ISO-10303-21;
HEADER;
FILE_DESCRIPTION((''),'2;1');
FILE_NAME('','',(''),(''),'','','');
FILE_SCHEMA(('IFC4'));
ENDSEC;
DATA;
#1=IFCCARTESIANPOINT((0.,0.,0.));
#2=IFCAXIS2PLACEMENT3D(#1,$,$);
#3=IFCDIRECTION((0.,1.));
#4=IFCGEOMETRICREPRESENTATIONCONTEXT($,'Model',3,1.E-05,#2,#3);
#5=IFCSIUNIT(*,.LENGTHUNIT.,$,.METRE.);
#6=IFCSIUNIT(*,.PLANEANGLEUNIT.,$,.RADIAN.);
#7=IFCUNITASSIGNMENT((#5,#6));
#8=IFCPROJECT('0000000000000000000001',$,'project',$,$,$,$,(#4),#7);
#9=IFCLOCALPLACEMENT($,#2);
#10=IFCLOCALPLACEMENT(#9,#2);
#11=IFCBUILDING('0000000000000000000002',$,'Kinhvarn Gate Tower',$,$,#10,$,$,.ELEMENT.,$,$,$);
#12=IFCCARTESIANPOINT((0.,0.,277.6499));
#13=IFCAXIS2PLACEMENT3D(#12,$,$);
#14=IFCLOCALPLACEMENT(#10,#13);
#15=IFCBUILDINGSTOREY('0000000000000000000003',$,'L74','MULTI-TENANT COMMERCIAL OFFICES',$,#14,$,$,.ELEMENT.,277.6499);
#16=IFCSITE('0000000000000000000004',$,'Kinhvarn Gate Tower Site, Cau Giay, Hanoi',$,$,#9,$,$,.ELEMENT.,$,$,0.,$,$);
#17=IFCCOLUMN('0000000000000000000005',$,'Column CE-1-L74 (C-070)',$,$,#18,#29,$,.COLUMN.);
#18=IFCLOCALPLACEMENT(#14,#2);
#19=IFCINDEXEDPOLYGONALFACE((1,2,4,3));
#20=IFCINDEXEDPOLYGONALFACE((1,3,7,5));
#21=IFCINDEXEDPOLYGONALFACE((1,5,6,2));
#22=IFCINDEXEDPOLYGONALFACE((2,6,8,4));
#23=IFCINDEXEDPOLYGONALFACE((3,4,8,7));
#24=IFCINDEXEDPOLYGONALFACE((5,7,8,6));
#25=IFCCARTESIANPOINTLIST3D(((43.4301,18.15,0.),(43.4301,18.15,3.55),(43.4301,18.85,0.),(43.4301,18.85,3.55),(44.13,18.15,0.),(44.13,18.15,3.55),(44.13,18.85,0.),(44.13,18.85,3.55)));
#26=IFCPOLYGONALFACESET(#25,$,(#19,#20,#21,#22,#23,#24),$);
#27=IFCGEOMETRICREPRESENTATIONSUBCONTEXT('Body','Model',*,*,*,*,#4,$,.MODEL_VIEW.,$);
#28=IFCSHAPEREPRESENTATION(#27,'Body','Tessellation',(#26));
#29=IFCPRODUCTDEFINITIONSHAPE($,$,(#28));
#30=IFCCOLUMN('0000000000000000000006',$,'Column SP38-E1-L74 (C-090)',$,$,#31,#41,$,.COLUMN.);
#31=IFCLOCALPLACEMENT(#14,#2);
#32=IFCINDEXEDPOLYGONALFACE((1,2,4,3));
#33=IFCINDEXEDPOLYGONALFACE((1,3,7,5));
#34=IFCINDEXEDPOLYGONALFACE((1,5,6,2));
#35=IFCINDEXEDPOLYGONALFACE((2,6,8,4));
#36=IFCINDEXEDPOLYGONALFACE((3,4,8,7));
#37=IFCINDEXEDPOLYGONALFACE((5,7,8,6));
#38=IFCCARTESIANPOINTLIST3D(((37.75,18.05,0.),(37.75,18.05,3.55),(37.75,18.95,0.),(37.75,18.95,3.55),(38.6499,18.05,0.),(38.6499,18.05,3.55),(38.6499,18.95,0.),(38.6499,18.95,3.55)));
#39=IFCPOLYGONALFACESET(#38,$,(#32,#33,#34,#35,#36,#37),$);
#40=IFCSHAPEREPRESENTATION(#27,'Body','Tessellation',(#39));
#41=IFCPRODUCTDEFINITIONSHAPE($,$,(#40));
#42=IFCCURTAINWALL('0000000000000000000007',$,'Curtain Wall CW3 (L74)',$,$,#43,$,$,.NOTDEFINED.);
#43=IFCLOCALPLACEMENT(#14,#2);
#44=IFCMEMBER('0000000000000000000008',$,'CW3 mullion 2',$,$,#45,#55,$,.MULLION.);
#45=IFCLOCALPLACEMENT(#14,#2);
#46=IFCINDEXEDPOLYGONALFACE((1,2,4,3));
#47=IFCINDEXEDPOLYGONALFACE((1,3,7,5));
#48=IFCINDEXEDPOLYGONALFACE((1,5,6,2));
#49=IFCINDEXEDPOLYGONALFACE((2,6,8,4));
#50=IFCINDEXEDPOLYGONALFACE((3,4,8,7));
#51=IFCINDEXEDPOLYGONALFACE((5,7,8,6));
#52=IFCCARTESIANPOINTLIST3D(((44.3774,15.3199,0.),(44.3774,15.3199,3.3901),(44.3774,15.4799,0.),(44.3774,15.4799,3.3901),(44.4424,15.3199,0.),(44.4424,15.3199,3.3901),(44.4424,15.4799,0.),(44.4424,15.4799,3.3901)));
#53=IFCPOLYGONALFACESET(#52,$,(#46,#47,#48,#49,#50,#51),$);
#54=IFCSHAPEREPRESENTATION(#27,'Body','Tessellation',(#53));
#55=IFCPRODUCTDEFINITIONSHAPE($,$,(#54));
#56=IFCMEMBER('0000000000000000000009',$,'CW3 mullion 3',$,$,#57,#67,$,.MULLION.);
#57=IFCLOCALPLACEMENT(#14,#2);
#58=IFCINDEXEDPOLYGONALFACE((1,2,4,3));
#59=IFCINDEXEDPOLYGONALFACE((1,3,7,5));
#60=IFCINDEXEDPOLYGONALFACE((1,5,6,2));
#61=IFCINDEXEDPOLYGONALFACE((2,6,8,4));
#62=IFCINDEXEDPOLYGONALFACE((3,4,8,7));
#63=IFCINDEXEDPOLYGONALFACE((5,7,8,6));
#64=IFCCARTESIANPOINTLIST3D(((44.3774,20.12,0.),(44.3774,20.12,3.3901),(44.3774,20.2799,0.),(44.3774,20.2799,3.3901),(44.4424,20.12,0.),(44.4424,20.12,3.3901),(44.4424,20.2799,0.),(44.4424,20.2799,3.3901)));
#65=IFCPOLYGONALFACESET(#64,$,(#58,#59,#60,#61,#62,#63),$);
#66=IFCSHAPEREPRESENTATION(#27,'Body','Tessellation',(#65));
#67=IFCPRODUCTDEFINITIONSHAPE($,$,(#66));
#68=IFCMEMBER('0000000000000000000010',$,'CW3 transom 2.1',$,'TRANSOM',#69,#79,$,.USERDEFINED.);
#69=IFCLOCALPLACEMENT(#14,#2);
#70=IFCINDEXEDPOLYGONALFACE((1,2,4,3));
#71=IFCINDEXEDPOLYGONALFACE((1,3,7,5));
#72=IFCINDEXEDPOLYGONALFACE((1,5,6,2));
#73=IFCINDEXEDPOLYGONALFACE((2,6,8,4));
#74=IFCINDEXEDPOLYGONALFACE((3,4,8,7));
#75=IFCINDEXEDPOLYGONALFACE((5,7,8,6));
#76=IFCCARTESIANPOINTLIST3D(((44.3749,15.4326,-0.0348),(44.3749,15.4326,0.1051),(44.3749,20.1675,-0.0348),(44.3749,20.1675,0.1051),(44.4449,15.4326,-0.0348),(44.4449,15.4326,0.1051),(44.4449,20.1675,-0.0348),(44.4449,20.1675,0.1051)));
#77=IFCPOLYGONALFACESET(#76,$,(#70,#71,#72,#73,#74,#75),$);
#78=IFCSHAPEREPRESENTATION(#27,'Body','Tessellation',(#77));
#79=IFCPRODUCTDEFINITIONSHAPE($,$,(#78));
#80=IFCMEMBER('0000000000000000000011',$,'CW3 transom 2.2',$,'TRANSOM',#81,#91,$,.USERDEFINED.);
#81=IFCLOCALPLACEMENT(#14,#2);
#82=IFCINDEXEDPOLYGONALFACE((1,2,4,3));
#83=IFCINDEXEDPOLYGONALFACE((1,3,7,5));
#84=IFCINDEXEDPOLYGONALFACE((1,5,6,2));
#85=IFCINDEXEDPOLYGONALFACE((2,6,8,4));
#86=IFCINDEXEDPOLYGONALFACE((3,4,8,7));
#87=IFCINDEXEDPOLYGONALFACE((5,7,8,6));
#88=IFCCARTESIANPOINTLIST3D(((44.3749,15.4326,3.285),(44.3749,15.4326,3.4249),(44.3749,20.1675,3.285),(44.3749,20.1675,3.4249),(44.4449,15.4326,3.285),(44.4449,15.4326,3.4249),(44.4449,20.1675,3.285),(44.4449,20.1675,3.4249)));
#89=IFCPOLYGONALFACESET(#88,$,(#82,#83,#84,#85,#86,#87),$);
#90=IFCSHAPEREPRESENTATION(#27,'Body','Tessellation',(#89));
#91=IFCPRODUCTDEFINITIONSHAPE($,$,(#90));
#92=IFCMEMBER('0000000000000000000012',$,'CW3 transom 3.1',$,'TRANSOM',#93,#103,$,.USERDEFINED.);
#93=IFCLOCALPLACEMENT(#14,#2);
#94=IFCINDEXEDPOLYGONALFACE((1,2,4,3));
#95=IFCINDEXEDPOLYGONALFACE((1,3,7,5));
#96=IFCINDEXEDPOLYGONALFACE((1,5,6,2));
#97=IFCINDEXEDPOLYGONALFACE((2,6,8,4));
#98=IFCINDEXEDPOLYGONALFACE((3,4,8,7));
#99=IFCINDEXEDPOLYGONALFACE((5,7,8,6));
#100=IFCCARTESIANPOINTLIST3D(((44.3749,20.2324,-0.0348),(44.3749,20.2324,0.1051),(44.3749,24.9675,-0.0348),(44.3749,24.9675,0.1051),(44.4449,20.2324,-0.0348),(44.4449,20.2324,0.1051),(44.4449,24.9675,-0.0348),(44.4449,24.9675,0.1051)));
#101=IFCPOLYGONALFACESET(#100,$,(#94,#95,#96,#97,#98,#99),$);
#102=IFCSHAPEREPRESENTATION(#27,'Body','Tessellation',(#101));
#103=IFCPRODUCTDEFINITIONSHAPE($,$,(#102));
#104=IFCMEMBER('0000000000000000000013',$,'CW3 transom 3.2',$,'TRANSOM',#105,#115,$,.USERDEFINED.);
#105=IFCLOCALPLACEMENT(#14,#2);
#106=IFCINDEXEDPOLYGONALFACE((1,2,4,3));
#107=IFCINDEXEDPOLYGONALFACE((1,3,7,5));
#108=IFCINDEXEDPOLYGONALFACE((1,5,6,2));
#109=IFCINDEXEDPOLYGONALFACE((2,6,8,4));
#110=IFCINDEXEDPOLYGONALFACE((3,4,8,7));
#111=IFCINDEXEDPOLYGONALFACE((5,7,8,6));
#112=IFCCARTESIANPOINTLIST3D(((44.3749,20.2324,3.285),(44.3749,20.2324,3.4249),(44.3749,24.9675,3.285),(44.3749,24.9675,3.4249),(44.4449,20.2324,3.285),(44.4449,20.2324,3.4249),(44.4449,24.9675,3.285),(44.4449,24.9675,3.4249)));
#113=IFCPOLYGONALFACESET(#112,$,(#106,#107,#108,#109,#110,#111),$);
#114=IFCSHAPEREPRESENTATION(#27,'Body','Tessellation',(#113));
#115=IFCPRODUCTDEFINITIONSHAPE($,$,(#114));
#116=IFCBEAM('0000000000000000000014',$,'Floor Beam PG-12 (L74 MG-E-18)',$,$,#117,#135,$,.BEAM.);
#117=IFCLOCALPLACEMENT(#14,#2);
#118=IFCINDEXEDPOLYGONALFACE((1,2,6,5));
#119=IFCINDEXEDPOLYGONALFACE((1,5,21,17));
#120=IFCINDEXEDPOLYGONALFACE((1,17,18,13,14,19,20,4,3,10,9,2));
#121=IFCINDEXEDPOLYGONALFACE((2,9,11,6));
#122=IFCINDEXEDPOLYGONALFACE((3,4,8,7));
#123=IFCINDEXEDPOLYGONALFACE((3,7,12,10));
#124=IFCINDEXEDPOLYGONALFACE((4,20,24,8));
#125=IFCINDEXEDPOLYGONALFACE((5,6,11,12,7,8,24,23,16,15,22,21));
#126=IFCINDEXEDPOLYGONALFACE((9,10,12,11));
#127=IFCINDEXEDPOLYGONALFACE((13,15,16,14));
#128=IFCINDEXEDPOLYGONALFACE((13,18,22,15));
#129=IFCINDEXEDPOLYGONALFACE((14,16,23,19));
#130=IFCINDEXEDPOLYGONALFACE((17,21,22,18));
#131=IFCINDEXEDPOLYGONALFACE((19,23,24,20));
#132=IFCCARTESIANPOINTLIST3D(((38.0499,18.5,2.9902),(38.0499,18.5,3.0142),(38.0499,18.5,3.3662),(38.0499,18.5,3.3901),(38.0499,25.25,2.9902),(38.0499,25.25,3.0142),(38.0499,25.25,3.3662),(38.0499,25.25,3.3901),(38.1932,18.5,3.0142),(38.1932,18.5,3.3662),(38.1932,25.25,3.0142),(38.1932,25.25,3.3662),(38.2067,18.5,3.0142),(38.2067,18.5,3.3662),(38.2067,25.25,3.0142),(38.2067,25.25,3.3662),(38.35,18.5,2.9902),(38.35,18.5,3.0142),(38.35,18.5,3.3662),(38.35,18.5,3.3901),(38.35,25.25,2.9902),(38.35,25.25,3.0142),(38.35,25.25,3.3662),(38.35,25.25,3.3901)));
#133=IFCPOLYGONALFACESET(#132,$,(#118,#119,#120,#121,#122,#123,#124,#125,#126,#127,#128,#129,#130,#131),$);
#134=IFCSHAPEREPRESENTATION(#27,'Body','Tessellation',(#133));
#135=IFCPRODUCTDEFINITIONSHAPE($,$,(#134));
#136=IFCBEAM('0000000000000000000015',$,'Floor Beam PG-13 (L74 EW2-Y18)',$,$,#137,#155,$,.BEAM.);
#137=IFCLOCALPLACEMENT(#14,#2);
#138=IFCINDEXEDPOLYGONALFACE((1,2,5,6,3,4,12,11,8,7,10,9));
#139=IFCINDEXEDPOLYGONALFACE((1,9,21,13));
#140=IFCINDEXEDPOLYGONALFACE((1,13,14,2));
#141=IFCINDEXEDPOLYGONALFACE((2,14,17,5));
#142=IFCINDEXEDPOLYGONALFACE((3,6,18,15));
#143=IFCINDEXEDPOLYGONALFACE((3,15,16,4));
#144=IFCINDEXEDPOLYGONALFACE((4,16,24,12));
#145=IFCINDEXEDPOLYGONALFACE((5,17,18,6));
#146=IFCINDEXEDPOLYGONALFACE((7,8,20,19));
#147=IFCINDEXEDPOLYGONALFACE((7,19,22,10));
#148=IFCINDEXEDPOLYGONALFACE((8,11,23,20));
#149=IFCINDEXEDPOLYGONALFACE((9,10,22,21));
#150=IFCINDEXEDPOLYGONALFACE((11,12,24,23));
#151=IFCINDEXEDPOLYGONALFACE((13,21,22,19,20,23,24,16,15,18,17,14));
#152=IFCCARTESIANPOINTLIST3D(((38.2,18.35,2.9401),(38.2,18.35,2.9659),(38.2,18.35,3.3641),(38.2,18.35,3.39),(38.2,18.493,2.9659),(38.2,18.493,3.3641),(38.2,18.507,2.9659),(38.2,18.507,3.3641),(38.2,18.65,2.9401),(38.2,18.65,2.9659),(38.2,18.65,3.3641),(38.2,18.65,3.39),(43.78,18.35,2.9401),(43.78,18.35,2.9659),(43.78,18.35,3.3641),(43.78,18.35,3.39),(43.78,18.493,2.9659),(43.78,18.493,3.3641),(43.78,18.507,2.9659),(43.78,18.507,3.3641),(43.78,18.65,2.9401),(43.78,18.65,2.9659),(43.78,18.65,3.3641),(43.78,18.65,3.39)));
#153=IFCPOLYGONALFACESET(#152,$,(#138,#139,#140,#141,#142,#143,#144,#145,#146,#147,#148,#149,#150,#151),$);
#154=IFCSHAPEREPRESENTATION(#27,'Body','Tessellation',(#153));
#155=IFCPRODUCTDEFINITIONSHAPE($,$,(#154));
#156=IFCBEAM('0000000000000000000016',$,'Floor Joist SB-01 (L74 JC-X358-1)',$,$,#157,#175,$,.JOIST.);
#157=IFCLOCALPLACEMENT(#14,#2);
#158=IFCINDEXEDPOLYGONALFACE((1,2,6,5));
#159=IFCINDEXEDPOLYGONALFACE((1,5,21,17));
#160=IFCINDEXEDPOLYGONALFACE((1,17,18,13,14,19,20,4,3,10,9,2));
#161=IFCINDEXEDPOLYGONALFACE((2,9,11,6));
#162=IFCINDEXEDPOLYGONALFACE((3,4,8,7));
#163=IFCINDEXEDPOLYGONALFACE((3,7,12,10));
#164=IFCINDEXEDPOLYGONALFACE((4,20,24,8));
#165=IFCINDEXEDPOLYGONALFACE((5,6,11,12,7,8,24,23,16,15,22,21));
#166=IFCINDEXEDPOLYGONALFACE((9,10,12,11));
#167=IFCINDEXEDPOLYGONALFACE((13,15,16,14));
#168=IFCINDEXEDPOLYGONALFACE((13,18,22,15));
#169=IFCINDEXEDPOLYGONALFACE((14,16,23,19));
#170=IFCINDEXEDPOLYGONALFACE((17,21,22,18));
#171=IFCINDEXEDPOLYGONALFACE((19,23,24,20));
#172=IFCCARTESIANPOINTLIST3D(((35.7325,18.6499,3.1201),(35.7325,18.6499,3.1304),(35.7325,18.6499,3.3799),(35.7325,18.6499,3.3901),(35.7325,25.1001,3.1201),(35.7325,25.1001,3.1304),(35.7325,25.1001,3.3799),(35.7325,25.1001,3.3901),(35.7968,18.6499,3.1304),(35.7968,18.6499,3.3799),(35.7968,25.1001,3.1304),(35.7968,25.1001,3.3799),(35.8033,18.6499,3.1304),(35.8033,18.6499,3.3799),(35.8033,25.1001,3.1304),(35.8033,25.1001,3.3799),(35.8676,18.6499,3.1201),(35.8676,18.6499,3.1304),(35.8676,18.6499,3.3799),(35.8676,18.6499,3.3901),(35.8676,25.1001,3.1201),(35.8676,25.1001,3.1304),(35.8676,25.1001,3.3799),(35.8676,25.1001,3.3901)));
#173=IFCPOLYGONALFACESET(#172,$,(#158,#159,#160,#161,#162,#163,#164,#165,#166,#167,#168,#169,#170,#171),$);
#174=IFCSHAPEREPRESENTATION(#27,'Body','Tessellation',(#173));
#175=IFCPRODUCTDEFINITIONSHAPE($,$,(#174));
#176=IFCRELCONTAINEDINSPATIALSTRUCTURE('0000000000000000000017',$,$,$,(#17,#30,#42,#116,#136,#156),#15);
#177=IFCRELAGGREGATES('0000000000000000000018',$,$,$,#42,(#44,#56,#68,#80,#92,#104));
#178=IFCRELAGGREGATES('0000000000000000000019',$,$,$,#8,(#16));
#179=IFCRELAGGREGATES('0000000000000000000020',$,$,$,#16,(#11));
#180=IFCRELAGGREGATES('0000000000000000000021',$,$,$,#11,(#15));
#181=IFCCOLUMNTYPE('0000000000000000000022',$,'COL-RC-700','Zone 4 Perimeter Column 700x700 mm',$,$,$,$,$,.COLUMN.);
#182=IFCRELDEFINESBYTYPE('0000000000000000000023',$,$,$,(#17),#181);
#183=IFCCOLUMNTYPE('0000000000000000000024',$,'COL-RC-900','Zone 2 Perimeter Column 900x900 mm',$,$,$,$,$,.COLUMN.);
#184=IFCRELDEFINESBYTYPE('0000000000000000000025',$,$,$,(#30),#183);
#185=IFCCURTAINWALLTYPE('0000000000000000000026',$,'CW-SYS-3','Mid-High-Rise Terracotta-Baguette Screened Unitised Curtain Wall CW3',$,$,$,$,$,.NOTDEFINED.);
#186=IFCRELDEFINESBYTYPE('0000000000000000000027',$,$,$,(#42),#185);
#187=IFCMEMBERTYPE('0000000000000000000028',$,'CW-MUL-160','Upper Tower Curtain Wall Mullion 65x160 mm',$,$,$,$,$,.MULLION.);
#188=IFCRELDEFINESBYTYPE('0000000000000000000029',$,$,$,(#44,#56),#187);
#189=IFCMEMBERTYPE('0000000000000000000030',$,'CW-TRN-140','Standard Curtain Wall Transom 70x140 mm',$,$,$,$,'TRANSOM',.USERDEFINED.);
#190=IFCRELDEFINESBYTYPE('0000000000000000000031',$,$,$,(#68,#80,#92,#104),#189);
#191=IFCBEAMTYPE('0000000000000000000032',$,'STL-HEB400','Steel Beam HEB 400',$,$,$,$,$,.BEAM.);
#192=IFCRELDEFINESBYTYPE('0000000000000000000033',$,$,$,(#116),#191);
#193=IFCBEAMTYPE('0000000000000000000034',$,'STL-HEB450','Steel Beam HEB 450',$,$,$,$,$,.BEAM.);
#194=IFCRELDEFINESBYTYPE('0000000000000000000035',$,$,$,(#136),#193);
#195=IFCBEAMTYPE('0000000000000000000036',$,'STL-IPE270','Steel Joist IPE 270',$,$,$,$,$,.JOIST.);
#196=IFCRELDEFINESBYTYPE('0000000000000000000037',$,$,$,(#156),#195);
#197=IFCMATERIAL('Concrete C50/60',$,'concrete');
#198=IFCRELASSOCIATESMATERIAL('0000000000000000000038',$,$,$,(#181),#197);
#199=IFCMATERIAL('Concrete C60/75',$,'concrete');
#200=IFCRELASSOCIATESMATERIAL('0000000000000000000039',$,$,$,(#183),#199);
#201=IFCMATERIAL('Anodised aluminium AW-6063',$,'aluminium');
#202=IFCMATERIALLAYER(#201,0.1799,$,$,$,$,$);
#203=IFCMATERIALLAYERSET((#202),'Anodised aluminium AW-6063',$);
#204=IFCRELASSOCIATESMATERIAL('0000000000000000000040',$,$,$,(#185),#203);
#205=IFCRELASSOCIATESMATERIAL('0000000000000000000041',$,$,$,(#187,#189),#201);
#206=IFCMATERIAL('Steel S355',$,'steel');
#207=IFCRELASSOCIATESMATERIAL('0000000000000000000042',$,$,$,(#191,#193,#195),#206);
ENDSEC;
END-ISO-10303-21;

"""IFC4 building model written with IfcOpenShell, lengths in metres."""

from ifc_helpers import new_model, si_unit, direction, frame, origin, origin_2d, place, context, subcontext, project, spatial, rectangle, i_section, extrude, material, layer, layer_set, material_profile, profile_set, type_object, element, aggregate, save


model = new_model("IFC4")

# Units and contexts
model_context = context("Model", 3, precision=1e-05, world=origin(), true_north=direction((0.0, 1.0)))
body_context = subcontext(model_context, "Body", "Model", "MODEL_VIEW")
ifc_project = project(units=[si_unit("LENGTHUNIT", "METRE"), si_unit("PLANEANGLEUNIT", "RADIAN")], contexts=[model_context])

# Site, building, storey
site_placement = place(None, origin())
site = spatial("IfcSite", under=ifc_project, at=site_placement, Name="Kinhvarn Gate Tower Site, Cau Giay, Hanoi", CompositionType="ELEMENT", RefElevation=0.0)
building_placement = place(site_placement, origin())
building = spatial("IfcBuilding", under=site, at=building_placement, Name="Kinhvarn Gate Tower", CompositionType="ELEMENT")
storey_placement = place(building_placement, frame((0.0, 0.0, 277.6499)))
storey = spatial("IfcBuildingStorey", under=building, at=storey_placement, Name="L74", Description="MULTI-TENANT COMMERCIAL OFFICES", CompositionType="ELEMENT", Elevation=277.6499)

# Columns
ifc_material_1 = material(Name="Concrete C50/60", Category="concrete")
ifc_material_profile_1 = material_profile(ifc_material_1, rectangle(XDim=0.7, YDim=0.7, at=origin_2d()), Name="RC 700x700")
ifc_profile_set_1 = profile_set([ifc_material_profile_1], Name="Concrete C50/60")
column_type_1 = type_object("IfcColumnType", Name="COL-RC-700", Description="Zone 4 Perimeter Column 700x700 mm", PredefinedType="COLUMN", material=ifc_profile_set_1)
column_1_placement = place(storey_placement, frame((43.78, 18.5, 0.0), z_axis=(0.0, 0.0, 1.0), x_axis=(1.0, 0.0, 0.0)))
element("IfcColumn", 1, at=column_1_placement, inside=storey, type_object=column_type_1, Name="Column CE-1-L74 (C-070)", PredefinedType="COLUMN", context=body_context, shape_type="SweptSolid", body=[
    extrude(rectangle(XDim=0.7, YDim=0.7, at=origin_2d()), origin(), (0.0, 0.0, 1.0), 3.55),
])
ifc_material_2 = material(Name="Concrete C60/75", Category="concrete")
ifc_material_profile_2 = material_profile(ifc_material_2, rectangle(XDim=0.8999, YDim=0.8999, at=origin_2d()), Name="RC 900x900")
ifc_profile_set_2 = profile_set([ifc_material_profile_2], Name="Concrete C60/75")
column_type_2 = type_object("IfcColumnType", Name="COL-RC-900", Description="Zone 2 Perimeter Column 900x900 mm", PredefinedType="COLUMN", material=ifc_profile_set_2)
column_2_placement = place(storey_placement, frame((38.2, 18.5, 0.0), z_axis=(0.0, 0.0, 1.0), x_axis=(1.0, 0.0, 0.0)))
element("IfcColumn", 2, at=column_2_placement, inside=storey, type_object=column_type_2, Name="Column SP38-E1-L74 (C-090)", PredefinedType="COLUMN", context=body_context, shape_type="SweptSolid", body=[
    extrude(rectangle(XDim=0.8999, YDim=0.8999, at=origin_2d()), origin(), (0.0, 0.0, 1.0), 3.55),
])

# Curtain wall, members
ifc_material_3 = material(Name="Anodised aluminium AW-6063", Category="aluminium")
ifc_layer_1 = layer(ifc_material_3, 0.1799)
ifc_layer_set_1 = layer_set([ifc_layer_1], Name="Anodised aluminium AW-6063")
curtain_wall_type = type_object("IfcCurtainWallType", Name="CW-SYS-3", Description="Mid-High-Rise Terracotta-Baguette Screened Unitised Curtain Wall CW3", PredefinedType="NOTDEFINED", material=ifc_layer_set_1)
curtain_wall_placement = place(storey_placement, origin())
curtain_wall = element("IfcCurtainWall", 3, at=curtain_wall_placement, inside=storey, type_object=curtain_wall_type, Name="Curtain Wall CW3 (L74)", PredefinedType="NOTDEFINED")
ifc_material_profile_3 = material_profile(ifc_material_3, rectangle(XDim=0.0649, YDim=0.1599, at=origin_2d()), Name="ALU 65x160")
ifc_profile_set_3 = profile_set([ifc_material_profile_3], Name="Anodised aluminium AW-6063")
member_type_1 = type_object("IfcMemberType", Name="CW-MUL-160", Description="Upper Tower Curtain Wall Mullion 65x160 mm", PredefinedType="MULLION", material=ifc_profile_set_3)
member_1_placement = place(storey_placement, frame((44.4099, 15.3999, 0.0), z_axis=(0.0, 0.0, 1.0), x_axis=(-1.0, 0.0, 0.0)))
member_1 = element("IfcMember", 4, at=member_1_placement, type_object=member_type_1, Name="CW3 mullion 2", PredefinedType="MULLION", context=body_context, shape_type="SweptSolid", body=[
    extrude(rectangle(XDim=0.0649, YDim=0.1599, at=origin_2d()), origin(), (0.0, 0.0, 1.0), 3.3901),
])
member_2_placement = place(storey_placement, frame((44.4099, 20.2, 0.0), z_axis=(0.0, 0.0, 1.0), x_axis=(-1.0, 0.0, 0.0)))
member_2 = element("IfcMember", 5, at=member_2_placement, type_object=member_type_1, Name="CW3 mullion 3", PredefinedType="MULLION", context=body_context, shape_type="SweptSolid", body=[
    extrude(rectangle(XDim=0.0649, YDim=0.1599, at=origin_2d()), origin(), (0.0, 0.0, 1.0), 3.3901),
])
ifc_material_profile_4 = material_profile(ifc_material_3, rectangle(XDim=0.0701, YDim=0.1399, at=origin_2d()), Name="ALU 70x140")
ifc_profile_set_4 = profile_set([ifc_material_profile_4], Name="Anodised aluminium AW-6063")
member_type_2 = type_object("IfcMemberType", Name="CW-TRN-140", Description="Standard Curtain Wall Transom 70x140 mm", ElementType="TRANSOM", PredefinedType="USERDEFINED", material=ifc_profile_set_4)
member_3_placement = place(storey_placement, frame((44.4099, 15.4326, 0.0352), z_axis=(0.0, 1.0, 0.0), x_axis=(-1.0, 0.0, 0.0)))
member_3 = element("IfcMember", 6, at=member_3_placement, type_object=member_type_2, Name="CW3 transom 2.1", ObjectType="TRANSOM", PredefinedType="USERDEFINED", context=body_context, shape_type="SweptSolid", body=[
    extrude(rectangle(XDim=0.0701, YDim=0.1399, at=origin_2d()), origin(), (0.0, 0.0, 1.0), 4.7349),
])
member_4_placement = place(storey_placement, frame((44.4099, 15.4326, 3.355), z_axis=(0.0, 1.0, 0.0), x_axis=(-1.0, 0.0, 0.0)))
member_4 = element("IfcMember", 7, at=member_4_placement, type_object=member_type_2, Name="CW3 transom 2.2", ObjectType="TRANSOM", PredefinedType="USERDEFINED", context=body_context, shape_type="SweptSolid", body=[
    extrude(rectangle(XDim=0.0701, YDim=0.1399, at=origin_2d()), origin(), (0.0, 0.0, 1.0), 4.7349),
])
member_5_placement = place(storey_placement, frame((44.4099, 20.2324, 0.0352), z_axis=(0.0, 1.0, 0.0), x_axis=(-1.0, 0.0, 0.0)))
member_5 = element("IfcMember", 8, at=member_5_placement, type_object=member_type_2, Name="CW3 transom 3.1", ObjectType="TRANSOM", PredefinedType="USERDEFINED", context=body_context, shape_type="SweptSolid", body=[
    extrude(rectangle(XDim=0.0701, YDim=0.1399, at=origin_2d()), origin(), (0.0, 0.0, 1.0), 4.7351),
])
member_6_placement = place(storey_placement, frame((44.4099, 20.2324, 3.355), z_axis=(0.0, 1.0, 0.0), x_axis=(-1.0, 0.0, 0.0)))
member_6 = element("IfcMember", 9, at=member_6_placement, type_object=member_type_2, Name="CW3 transom 3.2", ObjectType="TRANSOM", PredefinedType="USERDEFINED", context=body_context, shape_type="SweptSolid", body=[
    extrude(rectangle(XDim=0.0701, YDim=0.1399, at=origin_2d()), origin(), (0.0, 0.0, 1.0), 4.7351),
])

# Beams
ifc_material_4 = material(Name="Steel S355", Category="steel")
ifc_material_profile_5 = material_profile(ifc_material_4, i_section(OverallWidth=0.3, OverallDepth=0.3999, WebThickness=0.0134, FlangeThickness=0.0239, at=origin_2d()), Name="HEB 400")
ifc_profile_set_5 = profile_set([ifc_material_profile_5], Name="Steel S355")
beam_type_1 = type_object("IfcBeamType", Name="STL-HEB400", Description="Steel Beam HEB 400", PredefinedType="BEAM", material=ifc_profile_set_5)
beam_1_placement = place(storey_placement, frame((38.2, 18.5, 3.1902), z_axis=(0.0, 1.0, 0.0), x_axis=(-1.0, 0.0, 0.0)))
element("IfcBeam", 10, at=beam_1_placement, inside=storey, type_object=beam_type_1, Name="Floor Beam PG-12 (L74 MG-E-18)", PredefinedType="BEAM", context=body_context, shape_type="SweptSolid", body=[
    extrude(i_section(OverallWidth=0.3, OverallDepth=0.3999, WebThickness=0.0134, FlangeThickness=0.0239, at=origin_2d()), origin(), (0.0, 0.0, 1.0), 6.75),
])
ifc_material_profile_6 = material_profile(ifc_material_4, i_section(OverallWidth=0.3, OverallDepth=0.45, WebThickness=0.0139, FlangeThickness=0.0259, at=origin_2d()), Name="HEB 450")
ifc_profile_set_6 = profile_set([ifc_material_profile_6], Name="Steel S355")
beam_type_2 = type_object("IfcBeamType", Name="STL-HEB450", Description="Steel Beam HEB 450", PredefinedType="BEAM", material=ifc_profile_set_6)
beam_2_placement = place(storey_placement, frame((38.2, 18.5, 3.165), z_axis=(1.0, 0.0, 0.0), x_axis=(0.0, 1.0, 0.0)))
element("IfcBeam", 11, at=beam_2_placement, inside=storey, type_object=beam_type_2, Name="Floor Beam PG-13 (L74 EW2-Y18)", PredefinedType="BEAM", context=body_context, shape_type="SweptSolid", body=[
    extrude(i_section(OverallWidth=0.3, OverallDepth=0.45, WebThickness=0.0139, FlangeThickness=0.0259, at=origin_2d()), origin(), (0.0, 0.0, 1.0), 5.5801),
])
ifc_material_profile_7 = material_profile(ifc_material_4, i_section(OverallWidth=0.135, OverallDepth=0.27, WebThickness=0.0066, FlangeThickness=0.0103, at=origin_2d()), Name="IPE 270")
ifc_profile_set_7 = profile_set([ifc_material_profile_7], Name="Steel S355")
beam_type_3 = type_object("IfcBeamType", Name="STL-IPE270", Description="Steel Joist IPE 270", PredefinedType="JOIST", material=ifc_profile_set_7)
for number, where, z_axis, x_axis, name in (
    (12, (35.8, 18.6499, 3.2551), (0.0, 1.0, 0.0), (-1.0, 0.0, 0.0), "Floor Joist SB-01 (L74 JC-X358-1)"),
):
    element("IfcBeam", number, at=place(storey_placement, frame(where, z_axis=z_axis, x_axis=x_axis)), inside=storey, type_object=beam_type_3, Name=name, PredefinedType="JOIST", context=body_context, shape_type="SweptSolid", body=[
        extrude(i_section(OverallWidth=0.135, OverallDepth=0.27, WebThickness=0.0066, FlangeThickness=0.0103, at=origin_2d()), origin(), (0.0, 0.0, 1.0), 6.4502),
    ])

aggregate(curtain_wall, [member_1, member_2, member_3, member_4, member_5, member_6])

save(model, "model.ifc")
